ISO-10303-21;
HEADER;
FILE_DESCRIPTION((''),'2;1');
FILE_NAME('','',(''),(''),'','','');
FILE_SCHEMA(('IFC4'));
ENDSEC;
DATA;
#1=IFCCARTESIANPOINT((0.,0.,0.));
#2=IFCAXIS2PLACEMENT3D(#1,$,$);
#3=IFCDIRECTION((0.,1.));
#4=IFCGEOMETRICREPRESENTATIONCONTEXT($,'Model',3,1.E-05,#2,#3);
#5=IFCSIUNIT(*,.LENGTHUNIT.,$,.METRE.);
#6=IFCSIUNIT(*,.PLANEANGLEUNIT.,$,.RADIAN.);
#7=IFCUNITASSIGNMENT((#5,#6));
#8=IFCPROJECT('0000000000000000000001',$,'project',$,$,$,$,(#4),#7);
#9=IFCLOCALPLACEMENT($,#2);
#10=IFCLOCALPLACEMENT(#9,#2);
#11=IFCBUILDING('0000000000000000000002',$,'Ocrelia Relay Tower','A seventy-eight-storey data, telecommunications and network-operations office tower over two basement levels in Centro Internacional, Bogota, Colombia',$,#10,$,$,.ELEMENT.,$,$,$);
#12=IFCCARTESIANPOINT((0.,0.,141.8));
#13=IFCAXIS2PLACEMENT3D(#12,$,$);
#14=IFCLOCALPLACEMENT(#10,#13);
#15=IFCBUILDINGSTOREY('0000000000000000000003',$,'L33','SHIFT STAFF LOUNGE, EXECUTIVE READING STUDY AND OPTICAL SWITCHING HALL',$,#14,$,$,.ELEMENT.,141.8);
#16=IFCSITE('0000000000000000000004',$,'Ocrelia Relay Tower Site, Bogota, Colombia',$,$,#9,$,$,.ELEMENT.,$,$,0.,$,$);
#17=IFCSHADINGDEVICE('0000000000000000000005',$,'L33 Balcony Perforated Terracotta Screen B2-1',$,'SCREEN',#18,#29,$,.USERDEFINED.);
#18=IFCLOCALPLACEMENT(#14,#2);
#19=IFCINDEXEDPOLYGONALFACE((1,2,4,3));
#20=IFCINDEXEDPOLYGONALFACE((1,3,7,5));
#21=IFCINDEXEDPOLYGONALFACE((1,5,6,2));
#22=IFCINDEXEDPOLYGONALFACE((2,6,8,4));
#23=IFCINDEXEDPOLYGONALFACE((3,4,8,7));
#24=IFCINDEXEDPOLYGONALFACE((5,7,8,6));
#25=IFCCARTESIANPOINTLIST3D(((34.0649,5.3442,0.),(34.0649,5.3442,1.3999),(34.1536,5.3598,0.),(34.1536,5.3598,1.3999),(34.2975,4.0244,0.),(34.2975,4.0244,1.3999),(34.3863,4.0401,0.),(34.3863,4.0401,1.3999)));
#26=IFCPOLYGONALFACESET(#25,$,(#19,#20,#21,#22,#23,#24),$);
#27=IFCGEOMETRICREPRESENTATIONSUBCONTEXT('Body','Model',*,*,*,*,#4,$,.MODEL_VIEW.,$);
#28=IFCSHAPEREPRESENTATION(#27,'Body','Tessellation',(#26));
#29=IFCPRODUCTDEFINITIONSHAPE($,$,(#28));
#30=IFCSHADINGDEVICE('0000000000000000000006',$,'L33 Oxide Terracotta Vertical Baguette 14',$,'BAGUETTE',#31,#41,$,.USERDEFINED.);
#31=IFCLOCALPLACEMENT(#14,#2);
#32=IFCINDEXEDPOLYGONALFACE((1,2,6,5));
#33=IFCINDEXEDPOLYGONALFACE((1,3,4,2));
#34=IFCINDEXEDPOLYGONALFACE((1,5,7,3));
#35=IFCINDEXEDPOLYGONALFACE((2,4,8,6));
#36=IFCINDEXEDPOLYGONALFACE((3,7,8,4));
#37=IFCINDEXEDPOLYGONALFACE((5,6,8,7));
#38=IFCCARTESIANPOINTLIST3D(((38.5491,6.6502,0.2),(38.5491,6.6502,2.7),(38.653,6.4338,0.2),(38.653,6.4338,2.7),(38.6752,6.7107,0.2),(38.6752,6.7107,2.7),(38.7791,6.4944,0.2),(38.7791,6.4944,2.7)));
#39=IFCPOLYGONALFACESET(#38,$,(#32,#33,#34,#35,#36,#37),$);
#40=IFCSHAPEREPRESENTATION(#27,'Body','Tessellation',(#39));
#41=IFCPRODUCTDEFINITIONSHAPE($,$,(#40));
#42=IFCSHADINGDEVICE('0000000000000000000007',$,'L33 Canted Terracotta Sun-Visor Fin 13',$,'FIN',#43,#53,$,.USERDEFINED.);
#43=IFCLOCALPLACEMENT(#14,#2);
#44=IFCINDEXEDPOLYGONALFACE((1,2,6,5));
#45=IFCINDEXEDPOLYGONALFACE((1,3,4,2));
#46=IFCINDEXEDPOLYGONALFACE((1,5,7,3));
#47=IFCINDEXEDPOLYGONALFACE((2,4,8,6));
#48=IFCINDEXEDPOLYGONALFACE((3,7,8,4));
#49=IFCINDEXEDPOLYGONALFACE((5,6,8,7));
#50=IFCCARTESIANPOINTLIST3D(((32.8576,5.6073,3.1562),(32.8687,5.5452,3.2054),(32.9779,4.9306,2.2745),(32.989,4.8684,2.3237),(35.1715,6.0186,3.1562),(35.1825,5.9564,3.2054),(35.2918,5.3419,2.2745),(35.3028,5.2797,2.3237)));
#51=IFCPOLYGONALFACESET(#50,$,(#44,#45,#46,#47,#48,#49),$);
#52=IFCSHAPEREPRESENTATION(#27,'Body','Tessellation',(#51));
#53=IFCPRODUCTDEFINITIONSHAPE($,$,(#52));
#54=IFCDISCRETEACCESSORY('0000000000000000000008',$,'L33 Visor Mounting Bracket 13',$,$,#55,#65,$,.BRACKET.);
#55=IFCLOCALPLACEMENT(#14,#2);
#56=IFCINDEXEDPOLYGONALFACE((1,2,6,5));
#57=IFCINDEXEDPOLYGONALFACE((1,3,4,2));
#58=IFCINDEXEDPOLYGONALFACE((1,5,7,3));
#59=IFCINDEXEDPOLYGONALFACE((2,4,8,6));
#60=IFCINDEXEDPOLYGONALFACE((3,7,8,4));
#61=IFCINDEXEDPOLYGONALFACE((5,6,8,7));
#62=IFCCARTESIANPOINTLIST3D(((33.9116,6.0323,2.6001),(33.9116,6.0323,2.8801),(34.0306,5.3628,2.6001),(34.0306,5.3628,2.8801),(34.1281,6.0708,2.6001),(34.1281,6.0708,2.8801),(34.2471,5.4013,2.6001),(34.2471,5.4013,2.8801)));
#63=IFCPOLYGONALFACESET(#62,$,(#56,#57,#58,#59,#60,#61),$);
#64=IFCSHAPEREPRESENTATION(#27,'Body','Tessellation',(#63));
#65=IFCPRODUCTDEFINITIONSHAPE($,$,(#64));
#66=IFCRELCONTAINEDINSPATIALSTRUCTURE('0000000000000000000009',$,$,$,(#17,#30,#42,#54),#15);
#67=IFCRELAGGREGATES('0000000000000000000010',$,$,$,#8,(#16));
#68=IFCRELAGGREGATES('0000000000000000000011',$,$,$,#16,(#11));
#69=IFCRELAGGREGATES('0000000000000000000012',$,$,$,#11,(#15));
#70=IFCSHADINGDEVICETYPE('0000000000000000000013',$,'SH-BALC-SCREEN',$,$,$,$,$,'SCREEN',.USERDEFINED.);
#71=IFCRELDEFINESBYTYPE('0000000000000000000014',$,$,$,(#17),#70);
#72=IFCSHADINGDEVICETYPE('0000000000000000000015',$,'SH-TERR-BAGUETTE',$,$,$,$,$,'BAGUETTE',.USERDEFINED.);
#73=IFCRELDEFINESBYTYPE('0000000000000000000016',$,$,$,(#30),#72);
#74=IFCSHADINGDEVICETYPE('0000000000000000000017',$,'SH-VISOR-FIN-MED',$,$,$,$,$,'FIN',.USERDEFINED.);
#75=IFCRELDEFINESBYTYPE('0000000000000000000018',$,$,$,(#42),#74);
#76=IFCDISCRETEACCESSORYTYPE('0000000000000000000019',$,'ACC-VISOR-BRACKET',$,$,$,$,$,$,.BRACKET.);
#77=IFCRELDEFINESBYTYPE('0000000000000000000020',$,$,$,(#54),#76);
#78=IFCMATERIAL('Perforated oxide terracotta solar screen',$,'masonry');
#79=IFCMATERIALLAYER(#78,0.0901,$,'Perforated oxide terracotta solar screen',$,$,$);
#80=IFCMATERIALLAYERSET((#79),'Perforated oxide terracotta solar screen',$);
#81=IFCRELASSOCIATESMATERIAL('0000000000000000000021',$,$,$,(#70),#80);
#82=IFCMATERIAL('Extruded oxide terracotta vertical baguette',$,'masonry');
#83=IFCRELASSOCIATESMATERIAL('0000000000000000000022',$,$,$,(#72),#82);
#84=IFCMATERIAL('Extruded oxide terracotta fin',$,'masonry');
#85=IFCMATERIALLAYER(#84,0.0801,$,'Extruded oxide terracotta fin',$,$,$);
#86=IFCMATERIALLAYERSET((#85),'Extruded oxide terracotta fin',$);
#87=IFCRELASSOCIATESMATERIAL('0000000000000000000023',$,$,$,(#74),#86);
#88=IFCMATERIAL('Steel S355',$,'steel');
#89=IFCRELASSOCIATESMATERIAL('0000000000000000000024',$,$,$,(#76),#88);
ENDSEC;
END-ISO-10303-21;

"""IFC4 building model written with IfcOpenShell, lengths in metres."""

from ifc_helpers import new_model, si_unit, direction, frame, origin, origin_2d, place, context, subcontext, project, spatial, rectangle, extrude, material, layer, layer_set, type_object, element, save


model = new_model("IFC4")

# Units and contexts
model_context = context("Model", 3, precision=1e-05, world=origin(), true_north=direction((0.0, 1.0)))
body_context = subcontext(model_context, "Body", "Model", "MODEL_VIEW")
ifc_project = project(units=[si_unit("LENGTHUNIT", "METRE"), si_unit("PLANEANGLEUNIT", "RADIAN")], contexts=[model_context])

# Site, building, storey
site_placement = place(None, origin())
site = spatial("IfcSite", under=ifc_project, at=site_placement, Name="Ocrelia Relay Tower Site, Bogota, Colombia", CompositionType="ELEMENT", RefElevation=0.0)
building_placement = place(site_placement, origin())
building = spatial("IfcBuilding", under=site, at=building_placement, Name="Ocrelia Relay Tower", Description="A seventy-eight-storey data, telecommunications and network-operations office tower over two basement levels in Centro Internacional, Bogota, Colombia", CompositionType="ELEMENT")
storey_placement = place(building_placement, frame((0.0, 0.0, 141.8)))
storey = spatial("IfcBuildingStorey", under=building, at=storey_placement, Name="L33", Description="SHIFT STAFF LOUNGE, EXECUTIVE READING STUDY AND OPTICAL SWITCHING HALL", CompositionType="ELEMENT", Elevation=141.8)

# Shared definitions
ifc_material_1 = material(Name="Steel S355", Category="steel")

# Shading devices
ifc_material_2 = material(Name="Perforated oxide terracotta solar screen", Category="masonry")
ifc_layer_1 = layer(ifc_material_2, 0.0901, Name="Perforated oxide terracotta solar screen")
ifc_layer_set_1 = layer_set([ifc_layer_1], Name="Perforated oxide terracotta solar screen")
shading_device_type_1 = type_object("IfcShadingDeviceType", Name="SH-BALC-SCREEN", ElementType="SCREEN", PredefinedType="USERDEFINED", material=ifc_layer_set_1)
shading_device_1_placement = place(storey_placement, frame((34.2256, 4.6921, 0.0), z_axis=(0.0, 0.0, 1.0), x_axis=(0.173597, -0.984817, 0.0)))
element("IfcShadingDevice", 1, at=shading_device_1_placement, inside=storey, type_object=shading_device_type_1, Name="L33 Balcony Perforated Terracotta Screen B2-1", ObjectType="SCREEN", PredefinedType="USERDEFINED", context=body_context, shape_type="SweptSolid", body=[
    extrude(rectangle(XDim=1.3401, YDim=0.0901, at=origin_2d()), origin(), (0.0, 0.0, 1.0), 1.3999),
])
ifc_material_3 = material(Name="Extruded oxide terracotta vertical baguette", Category="masonry")
shading_device_type_2 = type_object("IfcShadingDeviceType", Name="SH-TERR-BAGUETTE", ElementType="BAGUETTE", PredefinedType="USERDEFINED", material=ifc_material_3)
shading_device_2_placement = place(storey_placement, frame((38.6641, 6.5723, 0.2), z_axis=(0.0, 0.0, 1.0), x_axis=(0.901453, 0.432877, 0.0)))
element("IfcShadingDevice", 2, at=shading_device_2_placement, inside=storey, type_object=shading_device_type_2, Name="L33 Oxide Terracotta Vertical Baguette 14", ObjectType="BAGUETTE", PredefinedType="USERDEFINED", context=body_context, shape_type="SweptSolid", body=[
    extrude(rectangle(XDim=0.1399, YDim=0.24, at=origin_2d()), origin(), (0.0, 0.0, 1.0), 2.5),
])
ifc_material_4 = material(Name="Extruded oxide terracotta fin", Category="masonry")
ifc_layer_2 = layer(ifc_material_4, 0.0801, Name="Extruded oxide terracotta fin")
ifc_layer_set_2 = layer_set([ifc_layer_2], Name="Extruded oxide terracotta fin")
shading_device_type_3 = type_object("IfcShadingDeviceType", Name="SH-VISOR-FIN-MED", ElementType="FIN", PredefinedType="USERDEFINED", material=ifc_layer_set_2)
shading_device_3_placement = place(storey_placement, frame((34.0747, 5.4746, 2.7153), z_axis=(0.138018, -0.776484, 0.614836), x_axis=(0.984568, 0.175004, 0.0)))
element("IfcShadingDevice", 3, at=shading_device_3_placement, inside=storey, type_object=shading_device_type_3, Name="L33 Canted Terracotta Sun-Visor Fin 13", ObjectType="FIN", PredefinedType="USERDEFINED", context=body_context, shape_type="SweptSolid", body=[
    extrude(rectangle(XDim=2.3501, YDim=1.1179, at=origin_2d()), origin(), (0.0, 0.0, 1.0), 0.0801),
])

# Discrete accessory
discrete_accessory_type = type_object("IfcDiscreteAccessoryType", Name="ACC-VISOR-BRACKET", PredefinedType="BRACKET", material=ifc_material_1)
discrete_accessory_placement = place(storey_placement, frame((34.0793, 5.7168, 2.6001), z_axis=(0.0, 0.0, 1.0), x_axis=(0.984568, 0.175004, 0.0)))
element("IfcDiscreteAccessory", 4, at=discrete_accessory_placement, inside=storey, type_object=discrete_accessory_type, Name="L33 Visor Mounting Bracket 13", PredefinedType="BRACKET", context=body_context, shape_type="SweptSolid", body=[
    extrude(rectangle(XDim=0.22, YDim=0.6799, at=origin_2d()), origin(), (0.0, 0.0, 1.0), 0.28),
])

save(model, "model.ifc")
